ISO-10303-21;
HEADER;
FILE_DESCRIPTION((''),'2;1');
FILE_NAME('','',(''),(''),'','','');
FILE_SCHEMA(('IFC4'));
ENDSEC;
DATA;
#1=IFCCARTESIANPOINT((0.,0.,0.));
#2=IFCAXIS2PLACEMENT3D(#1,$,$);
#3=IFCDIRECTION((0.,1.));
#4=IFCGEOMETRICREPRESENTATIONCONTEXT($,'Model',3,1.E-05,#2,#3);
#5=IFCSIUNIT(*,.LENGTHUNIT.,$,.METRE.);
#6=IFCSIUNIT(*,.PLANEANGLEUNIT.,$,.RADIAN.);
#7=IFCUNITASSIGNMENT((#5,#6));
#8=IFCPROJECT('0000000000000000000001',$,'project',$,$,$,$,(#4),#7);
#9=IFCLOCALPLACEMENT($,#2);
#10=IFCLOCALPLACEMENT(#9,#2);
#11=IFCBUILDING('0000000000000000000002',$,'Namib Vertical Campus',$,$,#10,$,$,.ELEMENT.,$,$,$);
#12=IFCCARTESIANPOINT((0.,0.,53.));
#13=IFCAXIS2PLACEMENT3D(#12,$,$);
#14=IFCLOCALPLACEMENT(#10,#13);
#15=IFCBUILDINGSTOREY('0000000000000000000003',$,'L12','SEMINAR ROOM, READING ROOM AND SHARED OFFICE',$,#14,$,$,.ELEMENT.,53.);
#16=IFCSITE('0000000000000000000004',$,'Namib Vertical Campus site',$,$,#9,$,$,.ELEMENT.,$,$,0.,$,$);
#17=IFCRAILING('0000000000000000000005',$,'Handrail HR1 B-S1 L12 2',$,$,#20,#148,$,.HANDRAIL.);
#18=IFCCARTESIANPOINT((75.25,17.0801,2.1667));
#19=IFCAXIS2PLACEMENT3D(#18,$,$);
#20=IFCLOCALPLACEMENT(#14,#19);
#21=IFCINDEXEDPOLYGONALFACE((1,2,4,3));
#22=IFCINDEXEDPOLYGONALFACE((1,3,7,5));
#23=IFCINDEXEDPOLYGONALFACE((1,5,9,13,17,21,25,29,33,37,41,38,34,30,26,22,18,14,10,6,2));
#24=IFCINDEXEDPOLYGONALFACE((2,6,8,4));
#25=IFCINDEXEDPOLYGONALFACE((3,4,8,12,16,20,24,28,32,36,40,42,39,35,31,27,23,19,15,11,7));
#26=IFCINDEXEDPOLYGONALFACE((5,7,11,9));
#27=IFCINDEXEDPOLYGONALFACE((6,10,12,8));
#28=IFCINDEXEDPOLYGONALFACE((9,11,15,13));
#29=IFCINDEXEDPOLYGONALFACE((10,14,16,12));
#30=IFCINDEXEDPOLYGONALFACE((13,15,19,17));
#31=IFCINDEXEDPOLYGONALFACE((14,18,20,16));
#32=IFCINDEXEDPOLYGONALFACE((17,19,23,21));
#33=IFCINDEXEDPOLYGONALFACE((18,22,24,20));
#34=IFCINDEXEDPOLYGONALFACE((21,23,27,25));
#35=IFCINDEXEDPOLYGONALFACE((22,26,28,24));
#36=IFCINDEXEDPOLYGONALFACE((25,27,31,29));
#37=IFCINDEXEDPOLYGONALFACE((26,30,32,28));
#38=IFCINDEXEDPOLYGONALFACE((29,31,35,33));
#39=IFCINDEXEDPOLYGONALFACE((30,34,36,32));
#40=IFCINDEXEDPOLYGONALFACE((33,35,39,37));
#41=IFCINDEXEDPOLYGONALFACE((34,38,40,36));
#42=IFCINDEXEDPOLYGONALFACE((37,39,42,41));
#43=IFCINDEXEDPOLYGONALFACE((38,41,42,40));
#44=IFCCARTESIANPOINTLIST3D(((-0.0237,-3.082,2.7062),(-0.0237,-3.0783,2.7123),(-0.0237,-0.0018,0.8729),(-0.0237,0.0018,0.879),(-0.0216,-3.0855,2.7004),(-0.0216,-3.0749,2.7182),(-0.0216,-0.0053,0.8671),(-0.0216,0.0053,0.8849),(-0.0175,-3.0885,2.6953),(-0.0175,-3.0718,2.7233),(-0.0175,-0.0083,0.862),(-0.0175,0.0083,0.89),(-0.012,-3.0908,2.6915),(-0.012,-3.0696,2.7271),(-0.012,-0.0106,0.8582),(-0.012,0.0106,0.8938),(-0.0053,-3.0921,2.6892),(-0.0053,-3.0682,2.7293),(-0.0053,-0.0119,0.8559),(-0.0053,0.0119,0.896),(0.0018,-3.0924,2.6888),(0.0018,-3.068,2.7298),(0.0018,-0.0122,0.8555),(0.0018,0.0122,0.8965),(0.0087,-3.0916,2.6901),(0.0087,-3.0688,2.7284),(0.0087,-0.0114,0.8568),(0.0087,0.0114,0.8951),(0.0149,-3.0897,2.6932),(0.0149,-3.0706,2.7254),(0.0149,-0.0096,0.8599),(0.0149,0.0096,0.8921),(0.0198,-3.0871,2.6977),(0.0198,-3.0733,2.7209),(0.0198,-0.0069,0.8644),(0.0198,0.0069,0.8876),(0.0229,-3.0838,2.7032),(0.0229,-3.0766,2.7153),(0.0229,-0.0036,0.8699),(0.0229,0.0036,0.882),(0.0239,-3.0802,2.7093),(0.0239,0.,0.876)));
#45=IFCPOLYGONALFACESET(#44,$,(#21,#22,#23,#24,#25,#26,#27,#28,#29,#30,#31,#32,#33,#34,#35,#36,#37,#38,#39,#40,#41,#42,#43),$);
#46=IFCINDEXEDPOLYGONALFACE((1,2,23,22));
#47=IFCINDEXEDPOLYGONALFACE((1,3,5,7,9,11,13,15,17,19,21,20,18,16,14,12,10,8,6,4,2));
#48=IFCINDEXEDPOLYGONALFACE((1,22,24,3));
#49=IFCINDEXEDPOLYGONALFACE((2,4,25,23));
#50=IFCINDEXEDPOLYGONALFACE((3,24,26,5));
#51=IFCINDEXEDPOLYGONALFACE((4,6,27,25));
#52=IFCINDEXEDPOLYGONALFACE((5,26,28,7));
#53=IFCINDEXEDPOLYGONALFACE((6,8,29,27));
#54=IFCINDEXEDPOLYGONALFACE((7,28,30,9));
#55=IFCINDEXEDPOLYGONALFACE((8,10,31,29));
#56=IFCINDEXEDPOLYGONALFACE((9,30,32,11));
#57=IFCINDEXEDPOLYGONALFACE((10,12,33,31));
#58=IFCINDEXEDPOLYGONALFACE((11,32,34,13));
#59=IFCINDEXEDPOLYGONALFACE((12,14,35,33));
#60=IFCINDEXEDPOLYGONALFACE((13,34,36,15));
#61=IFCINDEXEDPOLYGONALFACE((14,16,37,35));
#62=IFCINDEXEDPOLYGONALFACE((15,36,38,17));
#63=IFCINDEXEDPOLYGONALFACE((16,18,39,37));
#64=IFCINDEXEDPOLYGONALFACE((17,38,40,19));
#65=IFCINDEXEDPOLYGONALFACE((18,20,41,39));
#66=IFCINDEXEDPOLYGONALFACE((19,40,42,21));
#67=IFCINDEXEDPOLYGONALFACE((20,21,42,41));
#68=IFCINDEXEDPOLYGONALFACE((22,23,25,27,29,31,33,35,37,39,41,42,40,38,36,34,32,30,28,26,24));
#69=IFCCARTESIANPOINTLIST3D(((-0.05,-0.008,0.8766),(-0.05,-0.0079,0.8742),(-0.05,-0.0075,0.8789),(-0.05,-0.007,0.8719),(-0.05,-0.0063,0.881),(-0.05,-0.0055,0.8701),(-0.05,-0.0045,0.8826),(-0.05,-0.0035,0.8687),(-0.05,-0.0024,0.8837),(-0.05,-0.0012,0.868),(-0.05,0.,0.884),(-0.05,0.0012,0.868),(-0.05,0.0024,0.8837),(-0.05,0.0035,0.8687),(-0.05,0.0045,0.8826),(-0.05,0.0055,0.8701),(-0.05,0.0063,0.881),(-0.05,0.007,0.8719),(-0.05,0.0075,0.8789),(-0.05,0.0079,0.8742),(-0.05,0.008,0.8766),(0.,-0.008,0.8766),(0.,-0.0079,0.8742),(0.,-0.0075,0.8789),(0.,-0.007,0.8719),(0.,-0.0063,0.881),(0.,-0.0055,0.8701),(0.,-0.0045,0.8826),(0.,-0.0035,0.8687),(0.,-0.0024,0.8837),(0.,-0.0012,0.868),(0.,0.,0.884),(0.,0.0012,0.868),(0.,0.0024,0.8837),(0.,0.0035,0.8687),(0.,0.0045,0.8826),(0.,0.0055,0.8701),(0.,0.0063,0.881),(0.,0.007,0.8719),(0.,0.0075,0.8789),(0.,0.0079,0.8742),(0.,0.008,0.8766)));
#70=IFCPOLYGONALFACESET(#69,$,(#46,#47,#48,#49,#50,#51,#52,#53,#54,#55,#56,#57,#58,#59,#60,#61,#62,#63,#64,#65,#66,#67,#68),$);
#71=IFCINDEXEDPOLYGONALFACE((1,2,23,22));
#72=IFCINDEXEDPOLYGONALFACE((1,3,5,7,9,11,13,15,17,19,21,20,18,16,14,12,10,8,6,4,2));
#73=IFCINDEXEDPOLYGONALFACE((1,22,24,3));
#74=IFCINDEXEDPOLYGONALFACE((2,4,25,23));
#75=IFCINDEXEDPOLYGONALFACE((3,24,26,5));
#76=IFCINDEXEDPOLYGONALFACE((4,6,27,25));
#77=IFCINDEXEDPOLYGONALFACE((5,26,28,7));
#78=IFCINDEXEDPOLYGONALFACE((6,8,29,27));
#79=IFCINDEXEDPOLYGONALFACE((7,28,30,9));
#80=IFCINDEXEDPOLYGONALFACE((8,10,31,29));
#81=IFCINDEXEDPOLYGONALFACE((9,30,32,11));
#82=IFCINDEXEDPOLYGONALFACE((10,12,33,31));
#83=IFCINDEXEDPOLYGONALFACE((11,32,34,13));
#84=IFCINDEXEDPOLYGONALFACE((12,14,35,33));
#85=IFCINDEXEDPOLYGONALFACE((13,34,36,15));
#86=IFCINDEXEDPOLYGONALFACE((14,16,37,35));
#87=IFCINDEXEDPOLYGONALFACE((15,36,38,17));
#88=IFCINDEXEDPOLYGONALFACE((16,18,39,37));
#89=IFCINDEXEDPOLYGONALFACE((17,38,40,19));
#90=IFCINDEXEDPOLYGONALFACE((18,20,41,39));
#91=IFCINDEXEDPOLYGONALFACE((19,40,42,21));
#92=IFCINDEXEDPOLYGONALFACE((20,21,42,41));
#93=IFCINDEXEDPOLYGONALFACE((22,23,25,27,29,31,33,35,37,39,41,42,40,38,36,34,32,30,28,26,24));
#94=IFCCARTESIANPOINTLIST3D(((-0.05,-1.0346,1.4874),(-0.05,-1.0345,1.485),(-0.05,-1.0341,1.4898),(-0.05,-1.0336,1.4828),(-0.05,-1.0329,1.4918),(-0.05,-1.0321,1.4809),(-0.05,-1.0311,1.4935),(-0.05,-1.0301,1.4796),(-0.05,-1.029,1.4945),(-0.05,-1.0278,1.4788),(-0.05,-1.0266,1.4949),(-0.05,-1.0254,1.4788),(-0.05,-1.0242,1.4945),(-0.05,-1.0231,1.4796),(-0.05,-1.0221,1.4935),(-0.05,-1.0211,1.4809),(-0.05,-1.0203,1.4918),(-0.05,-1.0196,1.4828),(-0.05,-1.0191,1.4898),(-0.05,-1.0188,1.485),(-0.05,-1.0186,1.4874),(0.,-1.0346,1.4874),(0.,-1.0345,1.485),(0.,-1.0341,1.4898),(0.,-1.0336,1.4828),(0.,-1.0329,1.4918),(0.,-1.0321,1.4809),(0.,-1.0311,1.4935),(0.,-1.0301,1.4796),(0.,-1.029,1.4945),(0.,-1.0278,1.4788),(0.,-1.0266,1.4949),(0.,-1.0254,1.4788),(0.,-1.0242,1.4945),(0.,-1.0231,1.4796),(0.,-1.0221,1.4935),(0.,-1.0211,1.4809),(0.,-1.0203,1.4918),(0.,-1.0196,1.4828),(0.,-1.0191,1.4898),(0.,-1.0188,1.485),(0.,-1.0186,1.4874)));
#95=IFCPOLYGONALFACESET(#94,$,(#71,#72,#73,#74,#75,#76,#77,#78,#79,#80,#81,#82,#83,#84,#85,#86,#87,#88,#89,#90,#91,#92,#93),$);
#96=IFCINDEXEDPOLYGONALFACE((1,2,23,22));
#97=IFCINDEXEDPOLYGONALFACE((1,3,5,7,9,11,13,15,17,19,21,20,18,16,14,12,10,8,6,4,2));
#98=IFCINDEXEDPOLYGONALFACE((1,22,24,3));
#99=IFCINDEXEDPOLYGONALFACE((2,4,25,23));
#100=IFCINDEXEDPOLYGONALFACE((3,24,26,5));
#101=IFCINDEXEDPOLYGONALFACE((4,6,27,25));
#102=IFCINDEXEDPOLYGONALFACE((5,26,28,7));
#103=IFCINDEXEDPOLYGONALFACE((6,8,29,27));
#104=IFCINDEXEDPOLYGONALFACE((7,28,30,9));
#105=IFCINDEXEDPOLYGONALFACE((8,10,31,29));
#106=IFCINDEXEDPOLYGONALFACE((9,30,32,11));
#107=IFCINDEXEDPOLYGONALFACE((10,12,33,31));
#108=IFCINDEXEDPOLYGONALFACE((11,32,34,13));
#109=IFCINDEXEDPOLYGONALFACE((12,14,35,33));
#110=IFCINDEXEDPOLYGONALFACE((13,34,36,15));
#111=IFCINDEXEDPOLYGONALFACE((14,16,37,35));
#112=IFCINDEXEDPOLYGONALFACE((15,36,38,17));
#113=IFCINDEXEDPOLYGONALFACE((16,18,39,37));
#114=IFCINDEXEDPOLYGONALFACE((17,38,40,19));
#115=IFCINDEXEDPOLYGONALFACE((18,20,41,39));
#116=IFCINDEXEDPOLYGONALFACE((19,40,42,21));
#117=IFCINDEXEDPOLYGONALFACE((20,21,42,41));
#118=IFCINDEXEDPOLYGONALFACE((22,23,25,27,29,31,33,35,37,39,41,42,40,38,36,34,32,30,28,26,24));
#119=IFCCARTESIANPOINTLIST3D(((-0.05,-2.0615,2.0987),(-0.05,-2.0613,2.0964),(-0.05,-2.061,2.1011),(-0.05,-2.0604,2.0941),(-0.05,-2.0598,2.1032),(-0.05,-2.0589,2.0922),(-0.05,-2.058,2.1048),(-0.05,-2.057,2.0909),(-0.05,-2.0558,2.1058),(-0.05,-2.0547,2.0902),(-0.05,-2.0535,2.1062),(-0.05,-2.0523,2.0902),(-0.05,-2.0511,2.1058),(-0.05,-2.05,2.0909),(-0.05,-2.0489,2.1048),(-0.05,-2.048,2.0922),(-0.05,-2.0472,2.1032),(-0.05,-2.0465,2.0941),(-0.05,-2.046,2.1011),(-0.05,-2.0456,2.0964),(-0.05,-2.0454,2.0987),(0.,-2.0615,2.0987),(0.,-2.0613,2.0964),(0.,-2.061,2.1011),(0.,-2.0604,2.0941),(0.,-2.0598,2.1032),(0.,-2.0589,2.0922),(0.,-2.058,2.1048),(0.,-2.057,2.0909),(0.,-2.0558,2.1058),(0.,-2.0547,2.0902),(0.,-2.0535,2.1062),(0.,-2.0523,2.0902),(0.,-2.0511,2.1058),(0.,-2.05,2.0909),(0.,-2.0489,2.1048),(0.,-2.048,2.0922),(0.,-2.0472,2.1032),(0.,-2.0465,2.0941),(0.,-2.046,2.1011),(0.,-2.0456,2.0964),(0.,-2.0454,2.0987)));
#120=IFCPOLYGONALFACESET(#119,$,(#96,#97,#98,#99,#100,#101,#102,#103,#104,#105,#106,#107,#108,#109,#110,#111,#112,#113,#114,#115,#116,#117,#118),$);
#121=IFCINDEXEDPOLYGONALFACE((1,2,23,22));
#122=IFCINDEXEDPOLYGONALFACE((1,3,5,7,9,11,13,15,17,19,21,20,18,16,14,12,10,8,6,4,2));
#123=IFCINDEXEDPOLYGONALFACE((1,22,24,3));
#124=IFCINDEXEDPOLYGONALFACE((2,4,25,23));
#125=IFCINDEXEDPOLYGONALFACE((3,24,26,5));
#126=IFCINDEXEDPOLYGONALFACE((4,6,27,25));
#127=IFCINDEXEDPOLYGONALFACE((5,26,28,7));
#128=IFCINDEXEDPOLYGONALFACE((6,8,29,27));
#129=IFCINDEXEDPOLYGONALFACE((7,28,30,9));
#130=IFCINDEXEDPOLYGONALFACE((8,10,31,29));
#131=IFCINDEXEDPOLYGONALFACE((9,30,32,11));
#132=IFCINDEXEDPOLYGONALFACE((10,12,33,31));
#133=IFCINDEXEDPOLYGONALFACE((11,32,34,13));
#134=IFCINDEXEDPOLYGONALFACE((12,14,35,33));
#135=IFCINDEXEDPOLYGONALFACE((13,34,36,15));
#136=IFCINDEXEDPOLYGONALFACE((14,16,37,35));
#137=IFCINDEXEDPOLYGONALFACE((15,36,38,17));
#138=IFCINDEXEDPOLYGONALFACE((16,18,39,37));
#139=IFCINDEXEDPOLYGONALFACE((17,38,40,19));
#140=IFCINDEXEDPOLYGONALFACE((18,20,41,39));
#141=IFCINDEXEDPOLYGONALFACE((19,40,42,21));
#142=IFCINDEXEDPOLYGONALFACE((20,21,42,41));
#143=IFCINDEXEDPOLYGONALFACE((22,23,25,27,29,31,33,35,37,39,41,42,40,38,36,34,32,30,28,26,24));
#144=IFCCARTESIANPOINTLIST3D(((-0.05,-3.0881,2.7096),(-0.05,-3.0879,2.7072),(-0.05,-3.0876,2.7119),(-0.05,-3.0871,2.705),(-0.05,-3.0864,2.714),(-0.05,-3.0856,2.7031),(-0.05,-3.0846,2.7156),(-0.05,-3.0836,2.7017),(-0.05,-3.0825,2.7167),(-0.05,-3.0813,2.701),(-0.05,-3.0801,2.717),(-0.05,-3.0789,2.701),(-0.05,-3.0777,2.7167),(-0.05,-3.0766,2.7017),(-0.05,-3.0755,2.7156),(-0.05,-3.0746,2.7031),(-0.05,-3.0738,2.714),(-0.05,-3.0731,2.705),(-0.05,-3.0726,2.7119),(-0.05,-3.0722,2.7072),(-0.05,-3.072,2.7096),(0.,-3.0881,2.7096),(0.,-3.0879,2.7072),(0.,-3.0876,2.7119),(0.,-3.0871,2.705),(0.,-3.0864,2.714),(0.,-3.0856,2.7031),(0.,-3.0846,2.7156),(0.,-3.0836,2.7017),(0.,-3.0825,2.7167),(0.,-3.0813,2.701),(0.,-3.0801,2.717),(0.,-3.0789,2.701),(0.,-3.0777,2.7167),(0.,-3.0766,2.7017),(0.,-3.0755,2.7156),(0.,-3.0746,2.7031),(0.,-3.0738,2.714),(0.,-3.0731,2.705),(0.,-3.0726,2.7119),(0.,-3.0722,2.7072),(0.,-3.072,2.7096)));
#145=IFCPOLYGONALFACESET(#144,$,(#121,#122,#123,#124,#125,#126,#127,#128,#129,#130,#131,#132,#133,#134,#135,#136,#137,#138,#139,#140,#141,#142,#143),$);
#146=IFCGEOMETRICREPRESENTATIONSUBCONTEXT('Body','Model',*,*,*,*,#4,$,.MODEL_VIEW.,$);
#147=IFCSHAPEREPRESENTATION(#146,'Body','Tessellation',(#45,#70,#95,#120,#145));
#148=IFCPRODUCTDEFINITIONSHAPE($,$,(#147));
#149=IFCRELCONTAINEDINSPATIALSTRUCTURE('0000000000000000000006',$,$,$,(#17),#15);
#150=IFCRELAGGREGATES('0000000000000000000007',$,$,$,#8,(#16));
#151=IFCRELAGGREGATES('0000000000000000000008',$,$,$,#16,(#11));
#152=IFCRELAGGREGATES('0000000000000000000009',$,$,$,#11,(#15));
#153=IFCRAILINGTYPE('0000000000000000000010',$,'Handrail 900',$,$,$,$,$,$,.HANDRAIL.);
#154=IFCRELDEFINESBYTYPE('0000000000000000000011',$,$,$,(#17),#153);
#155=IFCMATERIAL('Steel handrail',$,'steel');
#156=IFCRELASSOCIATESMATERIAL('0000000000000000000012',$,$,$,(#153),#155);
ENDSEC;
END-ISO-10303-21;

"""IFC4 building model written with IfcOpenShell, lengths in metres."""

from ifc_helpers import new_model, si_unit, direction, frame, origin, origin_2d, place, context, subcontext, project, spatial, circle, extrude, material, type_object, element, save


model = new_model("IFC4")

# Units and contexts
model_context = context("Model", 3, precision=1e-05, world=origin(), true_north=direction((0.0, 1.0)))
body_context = subcontext(model_context, "Body", "Model", "MODEL_VIEW")
ifc_project = project(units=[si_unit("LENGTHUNIT", "METRE"), si_unit("PLANEANGLEUNIT", "RADIAN")], contexts=[model_context])

# Site, building, storey
site_placement = place(None, origin())
site = spatial("IfcSite", under=ifc_project, at=site_placement, Name="Namib Vertical Campus site", CompositionType="ELEMENT", RefElevation=0.0)
building_placement = place(site_placement, origin())
building = spatial("IfcBuilding", under=site, at=building_placement, Name="Namib Vertical Campus", CompositionType="ELEMENT")
storey_placement = place(building_placement, frame((0.0, 0.0, 53.0)))
storey = spatial("IfcBuildingStorey", under=building, at=storey_placement, Name="L12", Description="SEMINAR ROOM, READING ROOM AND SHARED OFFICE", CompositionType="ELEMENT", Elevation=53.0)

# Railing
ifc_material_1 = material(Name="Steel handrail", Category="steel")
railing_type_1 = type_object("IfcRailingType", Name="Handrail 900", PredefinedType="HANDRAIL", material=ifc_material_1)
railing_1_placement = place(storey_placement, frame((75.25, 17.0801, 2.1667)))
element("IfcRailing", 1, at=railing_1_placement, inside=storey, type_object=railing_type_1, Name="Handrail HR1 B-S1 L12 2", PredefinedType="HANDRAIL", context=body_context, shape_type="SweptSolid", body=[
    extrude(circle(Radius=0.0239, at=origin_2d()), frame((0.0, 0.0, 0.876), z_axis=(0.0, -0.859309, 0.511458), x_axis=(1.0, 0.0, 0.0)), (0.0, 0.0, 1.0), 3.5845),
    extrude(circle(Radius=0.0081, at=origin_2d()), frame((0.0, 0.0, 0.876), z_axis=(-1.0, 0.0, 0.0), x_axis=(0.0, 0.0, 1.0)), (0.0, 0.0, 1.0), 0.05),
    extrude(circle(Radius=0.0081, at=origin_2d()), frame((0.0, -1.0266, 1.4868), z_axis=(-1.0, 0.0, 0.0), x_axis=(0.0, 0.0, 1.0)), (0.0, 0.0, 1.0), 0.05),
    extrude(circle(Radius=0.0081, at=origin_2d()), frame((0.0, -2.0535, 2.0981), z_axis=(-1.0, 0.0, 0.0), x_axis=(0.0, 0.0, 1.0)), (0.0, 0.0, 1.0), 0.05),
    extrude(circle(Radius=0.0081, at=origin_2d()), frame((0.0, -3.0801, 2.709), z_axis=(-1.0, 0.0, 0.0), x_axis=(0.0, 0.0, 1.0)), (0.0, 0.0, 1.0), 0.05),
])

save(model, "model.ifc")
